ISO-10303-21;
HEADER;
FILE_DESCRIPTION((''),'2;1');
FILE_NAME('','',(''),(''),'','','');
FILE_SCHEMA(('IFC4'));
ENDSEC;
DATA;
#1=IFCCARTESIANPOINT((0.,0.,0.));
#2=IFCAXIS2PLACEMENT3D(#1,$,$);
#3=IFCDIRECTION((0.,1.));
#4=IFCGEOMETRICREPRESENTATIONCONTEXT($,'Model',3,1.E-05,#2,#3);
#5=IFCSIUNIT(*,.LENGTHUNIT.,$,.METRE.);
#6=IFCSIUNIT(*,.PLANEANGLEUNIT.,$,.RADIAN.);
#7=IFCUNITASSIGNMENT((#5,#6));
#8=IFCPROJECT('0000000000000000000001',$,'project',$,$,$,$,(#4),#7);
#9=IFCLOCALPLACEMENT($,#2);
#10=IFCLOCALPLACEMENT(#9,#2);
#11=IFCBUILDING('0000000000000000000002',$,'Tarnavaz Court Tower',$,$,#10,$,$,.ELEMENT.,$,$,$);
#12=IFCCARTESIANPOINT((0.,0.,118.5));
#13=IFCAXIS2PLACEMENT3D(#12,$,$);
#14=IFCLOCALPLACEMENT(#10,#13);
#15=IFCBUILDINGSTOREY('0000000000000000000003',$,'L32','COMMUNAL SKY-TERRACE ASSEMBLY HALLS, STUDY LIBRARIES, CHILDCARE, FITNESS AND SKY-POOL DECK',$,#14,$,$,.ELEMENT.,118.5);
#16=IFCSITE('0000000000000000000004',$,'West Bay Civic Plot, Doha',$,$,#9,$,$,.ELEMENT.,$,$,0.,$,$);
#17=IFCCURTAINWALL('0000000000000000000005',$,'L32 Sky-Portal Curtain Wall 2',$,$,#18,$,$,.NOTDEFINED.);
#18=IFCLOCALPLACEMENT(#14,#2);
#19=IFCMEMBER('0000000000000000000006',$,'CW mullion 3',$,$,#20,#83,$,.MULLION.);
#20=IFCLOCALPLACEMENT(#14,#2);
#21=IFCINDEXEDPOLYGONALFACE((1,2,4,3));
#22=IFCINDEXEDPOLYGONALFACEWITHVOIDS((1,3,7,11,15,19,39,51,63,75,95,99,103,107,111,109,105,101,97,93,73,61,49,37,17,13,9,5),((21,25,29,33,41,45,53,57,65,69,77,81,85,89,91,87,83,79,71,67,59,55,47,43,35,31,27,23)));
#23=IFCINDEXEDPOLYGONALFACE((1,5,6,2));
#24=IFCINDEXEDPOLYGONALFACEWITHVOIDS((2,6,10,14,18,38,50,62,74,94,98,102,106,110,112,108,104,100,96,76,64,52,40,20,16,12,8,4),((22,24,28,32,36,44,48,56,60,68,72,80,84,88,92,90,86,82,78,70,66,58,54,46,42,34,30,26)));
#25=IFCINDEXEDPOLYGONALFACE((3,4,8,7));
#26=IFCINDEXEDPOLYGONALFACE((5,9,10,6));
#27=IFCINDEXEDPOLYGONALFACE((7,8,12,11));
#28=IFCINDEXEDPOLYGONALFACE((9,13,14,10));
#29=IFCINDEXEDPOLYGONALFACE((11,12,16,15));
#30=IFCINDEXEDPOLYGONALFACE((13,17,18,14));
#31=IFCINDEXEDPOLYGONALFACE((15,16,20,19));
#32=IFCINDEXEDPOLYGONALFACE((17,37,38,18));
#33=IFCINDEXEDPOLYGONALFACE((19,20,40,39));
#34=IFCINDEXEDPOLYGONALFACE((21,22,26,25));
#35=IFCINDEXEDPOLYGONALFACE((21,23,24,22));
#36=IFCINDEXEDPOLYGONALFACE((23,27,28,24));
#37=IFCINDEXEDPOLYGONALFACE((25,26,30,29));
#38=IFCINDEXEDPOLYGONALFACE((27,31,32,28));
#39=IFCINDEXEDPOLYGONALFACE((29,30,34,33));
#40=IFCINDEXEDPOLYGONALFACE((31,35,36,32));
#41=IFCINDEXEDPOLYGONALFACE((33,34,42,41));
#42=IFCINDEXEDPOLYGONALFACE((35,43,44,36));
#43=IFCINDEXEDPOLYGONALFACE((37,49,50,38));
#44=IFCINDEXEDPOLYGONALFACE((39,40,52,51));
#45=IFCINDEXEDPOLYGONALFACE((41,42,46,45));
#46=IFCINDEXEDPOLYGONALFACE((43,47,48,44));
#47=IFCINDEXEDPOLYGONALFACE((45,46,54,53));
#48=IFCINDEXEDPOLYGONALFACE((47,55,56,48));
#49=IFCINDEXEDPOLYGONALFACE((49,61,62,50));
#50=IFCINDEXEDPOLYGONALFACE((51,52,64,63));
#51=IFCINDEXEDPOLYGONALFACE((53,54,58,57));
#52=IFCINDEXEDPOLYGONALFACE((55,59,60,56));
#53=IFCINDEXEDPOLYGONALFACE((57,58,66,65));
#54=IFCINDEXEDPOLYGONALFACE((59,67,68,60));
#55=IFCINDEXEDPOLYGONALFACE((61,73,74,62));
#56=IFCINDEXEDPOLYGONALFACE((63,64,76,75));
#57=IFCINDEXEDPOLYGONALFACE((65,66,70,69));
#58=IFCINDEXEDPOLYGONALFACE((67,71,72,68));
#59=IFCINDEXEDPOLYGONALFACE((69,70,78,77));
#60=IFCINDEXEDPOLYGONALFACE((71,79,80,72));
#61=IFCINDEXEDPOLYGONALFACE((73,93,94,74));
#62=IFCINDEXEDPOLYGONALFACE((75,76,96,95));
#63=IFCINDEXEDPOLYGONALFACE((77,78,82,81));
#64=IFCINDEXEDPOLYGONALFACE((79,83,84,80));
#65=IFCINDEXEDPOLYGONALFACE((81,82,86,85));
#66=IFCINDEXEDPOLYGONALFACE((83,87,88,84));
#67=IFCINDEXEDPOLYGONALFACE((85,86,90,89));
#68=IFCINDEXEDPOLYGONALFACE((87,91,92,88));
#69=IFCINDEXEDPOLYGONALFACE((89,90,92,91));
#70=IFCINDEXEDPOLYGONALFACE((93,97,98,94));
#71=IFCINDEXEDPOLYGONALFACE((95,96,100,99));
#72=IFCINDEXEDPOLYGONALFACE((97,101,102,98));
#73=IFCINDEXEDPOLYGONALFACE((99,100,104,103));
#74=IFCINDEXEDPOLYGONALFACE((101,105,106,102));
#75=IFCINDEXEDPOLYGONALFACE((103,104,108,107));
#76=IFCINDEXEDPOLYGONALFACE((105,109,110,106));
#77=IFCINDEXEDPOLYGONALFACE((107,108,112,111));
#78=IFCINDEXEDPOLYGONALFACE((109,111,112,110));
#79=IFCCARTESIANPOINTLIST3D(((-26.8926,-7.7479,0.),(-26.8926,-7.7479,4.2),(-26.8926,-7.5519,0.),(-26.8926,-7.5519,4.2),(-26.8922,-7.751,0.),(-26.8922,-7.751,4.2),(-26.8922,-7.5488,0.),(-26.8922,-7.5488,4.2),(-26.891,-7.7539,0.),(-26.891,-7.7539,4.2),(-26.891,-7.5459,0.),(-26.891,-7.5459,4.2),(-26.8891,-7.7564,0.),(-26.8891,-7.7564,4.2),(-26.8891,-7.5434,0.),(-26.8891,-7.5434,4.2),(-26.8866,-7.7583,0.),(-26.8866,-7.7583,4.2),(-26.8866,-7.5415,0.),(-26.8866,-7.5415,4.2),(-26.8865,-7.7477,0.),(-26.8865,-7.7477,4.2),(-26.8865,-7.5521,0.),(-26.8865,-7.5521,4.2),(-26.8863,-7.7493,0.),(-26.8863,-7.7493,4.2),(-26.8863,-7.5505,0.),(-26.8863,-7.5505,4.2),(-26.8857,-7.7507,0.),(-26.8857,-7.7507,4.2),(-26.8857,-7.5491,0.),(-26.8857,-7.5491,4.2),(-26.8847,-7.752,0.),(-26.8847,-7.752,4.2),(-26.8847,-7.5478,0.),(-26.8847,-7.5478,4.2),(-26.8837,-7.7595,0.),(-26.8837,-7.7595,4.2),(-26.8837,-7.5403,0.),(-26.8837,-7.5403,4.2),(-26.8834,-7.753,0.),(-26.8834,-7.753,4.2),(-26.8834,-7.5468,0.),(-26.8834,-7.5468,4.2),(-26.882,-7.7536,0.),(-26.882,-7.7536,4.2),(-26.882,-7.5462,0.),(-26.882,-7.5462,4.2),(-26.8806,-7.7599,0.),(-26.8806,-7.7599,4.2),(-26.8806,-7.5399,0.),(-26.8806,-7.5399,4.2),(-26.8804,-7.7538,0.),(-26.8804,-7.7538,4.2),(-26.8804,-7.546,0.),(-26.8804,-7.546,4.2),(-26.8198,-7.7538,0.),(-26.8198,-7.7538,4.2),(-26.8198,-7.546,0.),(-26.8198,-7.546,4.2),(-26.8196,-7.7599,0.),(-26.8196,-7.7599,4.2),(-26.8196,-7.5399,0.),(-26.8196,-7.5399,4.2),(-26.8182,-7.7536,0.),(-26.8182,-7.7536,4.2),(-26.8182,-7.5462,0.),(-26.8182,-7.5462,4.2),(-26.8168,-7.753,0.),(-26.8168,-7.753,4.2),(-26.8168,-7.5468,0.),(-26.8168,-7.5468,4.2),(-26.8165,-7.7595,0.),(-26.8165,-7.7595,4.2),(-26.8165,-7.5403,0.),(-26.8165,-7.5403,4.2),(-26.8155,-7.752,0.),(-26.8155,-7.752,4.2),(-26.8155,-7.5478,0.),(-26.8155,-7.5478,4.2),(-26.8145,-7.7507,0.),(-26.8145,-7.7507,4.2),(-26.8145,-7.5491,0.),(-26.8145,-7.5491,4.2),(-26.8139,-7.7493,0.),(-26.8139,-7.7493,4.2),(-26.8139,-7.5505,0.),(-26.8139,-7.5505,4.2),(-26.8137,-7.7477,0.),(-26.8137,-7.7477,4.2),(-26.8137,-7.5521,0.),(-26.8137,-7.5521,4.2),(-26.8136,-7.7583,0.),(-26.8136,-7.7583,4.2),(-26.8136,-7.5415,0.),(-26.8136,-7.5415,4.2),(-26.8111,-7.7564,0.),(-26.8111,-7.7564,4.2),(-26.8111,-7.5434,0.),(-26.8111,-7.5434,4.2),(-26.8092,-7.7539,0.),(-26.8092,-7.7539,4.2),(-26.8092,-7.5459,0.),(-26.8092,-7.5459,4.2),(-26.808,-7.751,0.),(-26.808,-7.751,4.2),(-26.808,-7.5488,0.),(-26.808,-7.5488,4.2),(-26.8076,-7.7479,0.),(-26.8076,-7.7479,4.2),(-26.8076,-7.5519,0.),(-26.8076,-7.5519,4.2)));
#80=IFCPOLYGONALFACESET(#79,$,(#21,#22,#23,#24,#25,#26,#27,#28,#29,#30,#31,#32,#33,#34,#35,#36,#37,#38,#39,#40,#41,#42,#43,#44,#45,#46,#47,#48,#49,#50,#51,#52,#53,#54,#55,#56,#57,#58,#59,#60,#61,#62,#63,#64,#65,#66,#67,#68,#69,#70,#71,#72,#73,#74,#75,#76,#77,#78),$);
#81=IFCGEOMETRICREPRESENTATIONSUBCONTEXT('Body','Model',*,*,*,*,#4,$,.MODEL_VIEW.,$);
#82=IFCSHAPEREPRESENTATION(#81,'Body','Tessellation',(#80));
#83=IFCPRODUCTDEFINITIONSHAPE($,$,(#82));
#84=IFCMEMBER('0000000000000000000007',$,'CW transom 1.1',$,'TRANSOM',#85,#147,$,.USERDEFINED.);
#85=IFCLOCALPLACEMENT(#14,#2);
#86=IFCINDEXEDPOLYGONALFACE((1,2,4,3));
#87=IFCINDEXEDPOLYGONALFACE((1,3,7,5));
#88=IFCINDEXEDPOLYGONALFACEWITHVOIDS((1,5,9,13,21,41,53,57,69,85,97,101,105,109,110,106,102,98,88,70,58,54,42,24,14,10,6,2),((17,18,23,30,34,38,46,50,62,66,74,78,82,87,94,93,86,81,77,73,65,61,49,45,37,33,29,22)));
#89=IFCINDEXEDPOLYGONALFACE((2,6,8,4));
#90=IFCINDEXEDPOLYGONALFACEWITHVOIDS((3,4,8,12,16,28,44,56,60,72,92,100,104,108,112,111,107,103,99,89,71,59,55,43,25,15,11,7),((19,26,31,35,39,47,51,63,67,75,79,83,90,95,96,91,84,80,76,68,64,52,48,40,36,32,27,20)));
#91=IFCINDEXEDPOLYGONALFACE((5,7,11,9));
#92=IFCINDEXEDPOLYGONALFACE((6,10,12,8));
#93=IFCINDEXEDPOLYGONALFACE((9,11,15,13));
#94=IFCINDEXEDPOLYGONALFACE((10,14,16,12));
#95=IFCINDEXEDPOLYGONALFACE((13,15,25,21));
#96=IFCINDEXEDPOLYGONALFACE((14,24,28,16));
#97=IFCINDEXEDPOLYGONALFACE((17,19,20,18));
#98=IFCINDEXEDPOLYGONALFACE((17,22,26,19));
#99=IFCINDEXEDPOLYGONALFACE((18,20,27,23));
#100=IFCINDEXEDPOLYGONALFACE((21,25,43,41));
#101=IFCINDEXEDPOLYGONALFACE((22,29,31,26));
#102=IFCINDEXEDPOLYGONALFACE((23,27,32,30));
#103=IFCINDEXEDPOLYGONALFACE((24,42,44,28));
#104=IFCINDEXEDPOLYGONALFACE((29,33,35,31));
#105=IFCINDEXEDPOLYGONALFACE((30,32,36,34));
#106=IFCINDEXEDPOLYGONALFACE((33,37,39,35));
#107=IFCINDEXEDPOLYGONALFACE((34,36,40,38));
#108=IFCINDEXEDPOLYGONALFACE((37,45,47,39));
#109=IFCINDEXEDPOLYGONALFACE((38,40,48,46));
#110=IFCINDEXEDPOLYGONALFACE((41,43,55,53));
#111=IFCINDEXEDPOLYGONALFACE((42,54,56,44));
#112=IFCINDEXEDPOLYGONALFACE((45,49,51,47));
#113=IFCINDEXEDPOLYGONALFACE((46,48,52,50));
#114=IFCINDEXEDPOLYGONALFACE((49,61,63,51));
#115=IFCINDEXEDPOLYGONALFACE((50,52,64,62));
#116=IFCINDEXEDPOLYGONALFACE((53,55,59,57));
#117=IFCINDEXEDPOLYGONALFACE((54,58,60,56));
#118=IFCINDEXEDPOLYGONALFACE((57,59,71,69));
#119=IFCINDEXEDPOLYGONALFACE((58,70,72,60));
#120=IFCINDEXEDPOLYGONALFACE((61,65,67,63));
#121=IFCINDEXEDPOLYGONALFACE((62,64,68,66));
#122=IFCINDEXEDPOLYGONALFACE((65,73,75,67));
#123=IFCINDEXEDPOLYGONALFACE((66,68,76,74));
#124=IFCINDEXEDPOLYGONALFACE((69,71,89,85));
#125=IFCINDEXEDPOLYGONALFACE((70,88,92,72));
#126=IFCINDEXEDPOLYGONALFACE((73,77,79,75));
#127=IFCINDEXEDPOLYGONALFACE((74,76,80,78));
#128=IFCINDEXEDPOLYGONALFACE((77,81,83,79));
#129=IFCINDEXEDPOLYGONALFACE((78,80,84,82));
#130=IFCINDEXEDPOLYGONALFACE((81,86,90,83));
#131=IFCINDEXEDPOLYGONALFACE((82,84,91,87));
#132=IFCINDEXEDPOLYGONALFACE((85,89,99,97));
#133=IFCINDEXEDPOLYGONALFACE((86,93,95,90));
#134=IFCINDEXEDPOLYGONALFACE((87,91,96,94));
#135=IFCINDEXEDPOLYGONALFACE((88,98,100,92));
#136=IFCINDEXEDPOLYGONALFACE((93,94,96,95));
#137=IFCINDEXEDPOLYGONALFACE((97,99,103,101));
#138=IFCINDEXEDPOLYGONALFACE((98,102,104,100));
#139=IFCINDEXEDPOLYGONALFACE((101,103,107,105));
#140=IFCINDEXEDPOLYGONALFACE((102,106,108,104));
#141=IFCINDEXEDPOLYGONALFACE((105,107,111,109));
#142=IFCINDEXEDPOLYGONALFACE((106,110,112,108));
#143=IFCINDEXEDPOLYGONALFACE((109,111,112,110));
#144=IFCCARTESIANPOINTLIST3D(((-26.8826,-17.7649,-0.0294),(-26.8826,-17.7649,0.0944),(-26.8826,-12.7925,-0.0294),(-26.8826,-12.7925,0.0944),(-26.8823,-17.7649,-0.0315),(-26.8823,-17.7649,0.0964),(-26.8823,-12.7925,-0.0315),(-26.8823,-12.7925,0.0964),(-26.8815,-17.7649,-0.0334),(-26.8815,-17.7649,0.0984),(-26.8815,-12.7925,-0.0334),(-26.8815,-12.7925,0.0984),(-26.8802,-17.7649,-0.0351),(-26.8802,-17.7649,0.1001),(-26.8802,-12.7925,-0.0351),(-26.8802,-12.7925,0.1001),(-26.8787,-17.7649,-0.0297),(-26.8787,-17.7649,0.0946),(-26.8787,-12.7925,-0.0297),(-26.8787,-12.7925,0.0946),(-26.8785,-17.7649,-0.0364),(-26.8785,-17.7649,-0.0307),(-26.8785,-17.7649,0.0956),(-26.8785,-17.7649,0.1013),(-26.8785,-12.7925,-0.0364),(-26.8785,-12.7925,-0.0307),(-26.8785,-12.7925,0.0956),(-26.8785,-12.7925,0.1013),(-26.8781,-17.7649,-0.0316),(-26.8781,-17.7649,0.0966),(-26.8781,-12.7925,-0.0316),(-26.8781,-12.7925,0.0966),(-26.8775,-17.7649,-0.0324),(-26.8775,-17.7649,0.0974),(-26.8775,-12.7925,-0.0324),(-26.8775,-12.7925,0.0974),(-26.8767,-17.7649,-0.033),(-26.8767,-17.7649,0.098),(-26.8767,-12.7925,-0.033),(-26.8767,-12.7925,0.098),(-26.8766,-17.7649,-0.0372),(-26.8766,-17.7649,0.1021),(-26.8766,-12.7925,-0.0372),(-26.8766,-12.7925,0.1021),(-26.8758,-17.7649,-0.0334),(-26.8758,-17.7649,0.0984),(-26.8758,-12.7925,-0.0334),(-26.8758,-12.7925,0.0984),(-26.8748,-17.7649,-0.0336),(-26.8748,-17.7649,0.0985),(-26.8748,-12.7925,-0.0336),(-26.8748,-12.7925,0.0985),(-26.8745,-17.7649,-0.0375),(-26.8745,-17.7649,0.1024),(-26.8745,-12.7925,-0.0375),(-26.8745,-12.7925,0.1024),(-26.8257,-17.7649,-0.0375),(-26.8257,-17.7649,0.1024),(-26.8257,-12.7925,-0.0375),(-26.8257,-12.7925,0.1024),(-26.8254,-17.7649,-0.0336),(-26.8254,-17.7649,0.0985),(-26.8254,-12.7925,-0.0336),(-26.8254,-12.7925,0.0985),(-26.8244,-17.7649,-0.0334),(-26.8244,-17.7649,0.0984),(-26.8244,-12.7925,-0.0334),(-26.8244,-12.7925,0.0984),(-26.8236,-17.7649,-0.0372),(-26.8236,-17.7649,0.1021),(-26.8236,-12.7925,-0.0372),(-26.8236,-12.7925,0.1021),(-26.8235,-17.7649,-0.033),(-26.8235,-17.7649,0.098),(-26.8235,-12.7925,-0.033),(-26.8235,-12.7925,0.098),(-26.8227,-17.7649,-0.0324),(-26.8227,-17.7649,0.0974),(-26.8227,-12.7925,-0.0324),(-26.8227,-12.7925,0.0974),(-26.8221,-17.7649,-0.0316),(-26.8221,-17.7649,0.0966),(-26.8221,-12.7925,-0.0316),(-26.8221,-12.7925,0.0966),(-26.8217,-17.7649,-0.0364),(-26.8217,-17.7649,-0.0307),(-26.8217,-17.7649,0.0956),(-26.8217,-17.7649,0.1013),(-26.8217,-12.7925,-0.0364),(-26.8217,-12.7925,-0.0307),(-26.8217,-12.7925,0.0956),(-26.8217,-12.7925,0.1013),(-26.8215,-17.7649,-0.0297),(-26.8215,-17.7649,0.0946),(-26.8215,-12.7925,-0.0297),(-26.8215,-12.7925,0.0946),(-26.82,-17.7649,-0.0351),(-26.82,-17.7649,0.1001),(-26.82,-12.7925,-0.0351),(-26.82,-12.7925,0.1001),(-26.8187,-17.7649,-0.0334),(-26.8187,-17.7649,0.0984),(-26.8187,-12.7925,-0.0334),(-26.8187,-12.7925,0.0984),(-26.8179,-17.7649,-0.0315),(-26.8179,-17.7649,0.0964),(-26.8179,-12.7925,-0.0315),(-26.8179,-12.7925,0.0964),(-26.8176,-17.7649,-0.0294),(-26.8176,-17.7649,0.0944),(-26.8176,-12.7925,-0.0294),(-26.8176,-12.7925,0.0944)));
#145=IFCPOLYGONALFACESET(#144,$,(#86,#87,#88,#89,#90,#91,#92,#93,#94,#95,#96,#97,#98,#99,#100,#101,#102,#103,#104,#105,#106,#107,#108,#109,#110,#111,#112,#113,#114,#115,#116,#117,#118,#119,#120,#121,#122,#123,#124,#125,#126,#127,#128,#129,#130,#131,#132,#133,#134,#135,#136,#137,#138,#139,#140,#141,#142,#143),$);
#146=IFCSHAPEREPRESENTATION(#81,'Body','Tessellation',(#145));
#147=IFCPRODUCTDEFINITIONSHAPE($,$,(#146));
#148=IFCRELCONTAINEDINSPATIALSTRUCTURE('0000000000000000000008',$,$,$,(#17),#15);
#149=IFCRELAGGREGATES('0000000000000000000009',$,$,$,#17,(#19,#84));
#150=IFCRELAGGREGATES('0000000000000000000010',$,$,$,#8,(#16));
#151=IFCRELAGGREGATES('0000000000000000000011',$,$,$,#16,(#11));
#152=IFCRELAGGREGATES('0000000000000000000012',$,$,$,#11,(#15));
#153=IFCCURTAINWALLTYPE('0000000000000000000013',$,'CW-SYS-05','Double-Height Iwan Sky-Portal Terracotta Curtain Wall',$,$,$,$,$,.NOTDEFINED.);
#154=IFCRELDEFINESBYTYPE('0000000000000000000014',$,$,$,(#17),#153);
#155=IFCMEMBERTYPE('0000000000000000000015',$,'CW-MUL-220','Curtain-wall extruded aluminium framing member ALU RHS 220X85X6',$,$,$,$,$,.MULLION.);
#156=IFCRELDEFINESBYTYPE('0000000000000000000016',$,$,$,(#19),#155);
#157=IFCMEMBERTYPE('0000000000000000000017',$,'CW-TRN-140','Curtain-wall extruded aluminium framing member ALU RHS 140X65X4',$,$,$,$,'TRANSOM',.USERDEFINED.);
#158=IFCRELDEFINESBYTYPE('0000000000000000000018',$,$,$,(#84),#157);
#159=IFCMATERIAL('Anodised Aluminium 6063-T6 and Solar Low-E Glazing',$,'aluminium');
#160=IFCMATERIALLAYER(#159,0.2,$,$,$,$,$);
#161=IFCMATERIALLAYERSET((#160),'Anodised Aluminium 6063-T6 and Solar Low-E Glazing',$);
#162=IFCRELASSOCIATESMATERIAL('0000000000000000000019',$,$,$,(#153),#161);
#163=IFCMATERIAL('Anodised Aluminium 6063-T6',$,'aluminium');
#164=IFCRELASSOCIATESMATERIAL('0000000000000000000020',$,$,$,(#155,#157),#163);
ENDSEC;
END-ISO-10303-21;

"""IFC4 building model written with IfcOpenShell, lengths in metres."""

from ifc_helpers import new_model, si_unit, direction, frame, origin, origin_2d, place, context, subcontext, project, spatial, hollow_rectangle, extrude, material, layer, layer_set, material_profile, profile_set, type_object, element, aggregate, save


model = new_model("IFC4")

# Units and contexts
model_context = context("Model", 3, precision=1e-05, world=origin(), true_north=direction((0.0, 1.0)))
body_context = subcontext(model_context, "Body", "Model", "MODEL_VIEW")
ifc_project = project(units=[si_unit("LENGTHUNIT", "METRE"), si_unit("PLANEANGLEUNIT", "RADIAN")], contexts=[model_context])

# Site, building, storey
site_placement = place(None, origin())
site = spatial("IfcSite", under=ifc_project, at=site_placement, Name="West Bay Civic Plot, Doha", CompositionType="ELEMENT", RefElevation=0.0)
building_placement = place(site_placement, origin())
building = spatial("IfcBuilding", under=site, at=building_placement, Name="Tarnavaz Court Tower", CompositionType="ELEMENT")
storey_placement = place(building_placement, frame((0.0, 0.0, 118.5)))
storey = spatial("IfcBuildingStorey", under=building, at=storey_placement, Name="L32", Description="COMMUNAL SKY-TERRACE ASSEMBLY HALLS, STUDY LIBRARIES, CHILDCARE, FITNESS AND SKY-POOL DECK", CompositionType="ELEMENT", Elevation=118.5)

# Curtain wall, members
ifc_material_1 = material(Name="Anodised Aluminium 6063-T6 and Solar Low-E Glazing", Category="aluminium")
ifc_layer_1 = layer(ifc_material_1, 0.2)
ifc_layer_set_1 = layer_set([ifc_layer_1], Name="Anodised Aluminium 6063-T6 and Solar Low-E Glazing")
curtain_wall_type = type_object("IfcCurtainWallType", Name="CW-SYS-05", Description="Double-Height Iwan Sky-Portal Terracotta Curtain Wall", PredefinedType="NOTDEFINED", material=ifc_layer_set_1)
curtain_wall_placement = place(storey_placement, origin())
curtain_wall = element("IfcCurtainWall", 1, at=curtain_wall_placement, inside=storey, type_object=curtain_wall_type, Name="L32 Sky-Portal Curtain Wall 2", PredefinedType="NOTDEFINED")
ifc_material_2 = material(Name="Anodised Aluminium 6063-T6", Category="aluminium")
ifc_material_profile_1 = material_profile(ifc_material_2, hollow_rectangle(XDim=0.085, YDim=0.22, WallThickness=0.0061, InnerFilletRadius=0.0061, OuterFilletRadius=0.012, at=origin_2d()), Name="ALU RHS 220X85X6")
ifc_profile_set_1 = profile_set([ifc_material_profile_1], Name="Anodised Aluminium 6063-T6")
member_type_1 = type_object("IfcMemberType", Name="CW-MUL-220", Description="Curtain-wall extruded aluminium framing member ALU RHS 220X85X6", PredefinedType="MULLION", material=ifc_profile_set_1)
member_1_placement = place(storey_placement, frame((-26.8501, -7.6499, 0.0), z_axis=(0.0, 0.0, 1.0), x_axis=(-1.0, 0.0, 0.0)))
member_1 = element("IfcMember", 2, at=member_1_placement, type_object=member_type_1, Name="CW mullion 3", PredefinedType="MULLION", context=body_context, shape_type="SweptSolid", body=[
    extrude(hollow_rectangle(XDim=0.085, YDim=0.22, WallThickness=0.0061, InnerFilletRadius=0.0061, OuterFilletRadius=0.012, at=origin_2d()), origin(), (0.0, 0.0, 1.0), 4.2),
])
ifc_material_profile_2 = material_profile(ifc_material_2, hollow_rectangle(XDim=0.0649, YDim=0.1399, WallThickness=0.0039, InnerFilletRadius=0.0039, OuterFilletRadius=0.0081, at=origin_2d()), Name="ALU RHS 140X65X4")
ifc_profile_set_2 = profile_set([ifc_material_profile_2], Name="Anodised Aluminium 6063-T6")
member_type_2 = type_object("IfcMemberType", Name="CW-TRN-140", Description="Curtain-wall extruded aluminium framing member ALU RHS 140X65X4", ElementType="TRANSOM", PredefinedType="USERDEFINED", material=ifc_profile_set_2)
member_2_placement = place(storey_placement, frame((-26.8501, -17.7649, 0.0325), z_axis=(0.0, 1.0, 0.0), x_axis=(-1.0, 0.0, 0.0)))
member_2 = element("IfcMember", 3, at=member_2_placement, type_object=member_type_2, Name="CW transom 1.1", ObjectType="TRANSOM", PredefinedType="USERDEFINED", context=body_context, shape_type="SweptSolid", body=[
    extrude(hollow_rectangle(XDim=0.0649, YDim=0.1399, WallThickness=0.0039, InnerFilletRadius=0.0039, OuterFilletRadius=0.0081, at=origin_2d()), origin(), (0.0, 0.0, 1.0), 4.9724),
])
aggregate(curtain_wall, [member_1, member_2])

save(model, "model.ifc")
